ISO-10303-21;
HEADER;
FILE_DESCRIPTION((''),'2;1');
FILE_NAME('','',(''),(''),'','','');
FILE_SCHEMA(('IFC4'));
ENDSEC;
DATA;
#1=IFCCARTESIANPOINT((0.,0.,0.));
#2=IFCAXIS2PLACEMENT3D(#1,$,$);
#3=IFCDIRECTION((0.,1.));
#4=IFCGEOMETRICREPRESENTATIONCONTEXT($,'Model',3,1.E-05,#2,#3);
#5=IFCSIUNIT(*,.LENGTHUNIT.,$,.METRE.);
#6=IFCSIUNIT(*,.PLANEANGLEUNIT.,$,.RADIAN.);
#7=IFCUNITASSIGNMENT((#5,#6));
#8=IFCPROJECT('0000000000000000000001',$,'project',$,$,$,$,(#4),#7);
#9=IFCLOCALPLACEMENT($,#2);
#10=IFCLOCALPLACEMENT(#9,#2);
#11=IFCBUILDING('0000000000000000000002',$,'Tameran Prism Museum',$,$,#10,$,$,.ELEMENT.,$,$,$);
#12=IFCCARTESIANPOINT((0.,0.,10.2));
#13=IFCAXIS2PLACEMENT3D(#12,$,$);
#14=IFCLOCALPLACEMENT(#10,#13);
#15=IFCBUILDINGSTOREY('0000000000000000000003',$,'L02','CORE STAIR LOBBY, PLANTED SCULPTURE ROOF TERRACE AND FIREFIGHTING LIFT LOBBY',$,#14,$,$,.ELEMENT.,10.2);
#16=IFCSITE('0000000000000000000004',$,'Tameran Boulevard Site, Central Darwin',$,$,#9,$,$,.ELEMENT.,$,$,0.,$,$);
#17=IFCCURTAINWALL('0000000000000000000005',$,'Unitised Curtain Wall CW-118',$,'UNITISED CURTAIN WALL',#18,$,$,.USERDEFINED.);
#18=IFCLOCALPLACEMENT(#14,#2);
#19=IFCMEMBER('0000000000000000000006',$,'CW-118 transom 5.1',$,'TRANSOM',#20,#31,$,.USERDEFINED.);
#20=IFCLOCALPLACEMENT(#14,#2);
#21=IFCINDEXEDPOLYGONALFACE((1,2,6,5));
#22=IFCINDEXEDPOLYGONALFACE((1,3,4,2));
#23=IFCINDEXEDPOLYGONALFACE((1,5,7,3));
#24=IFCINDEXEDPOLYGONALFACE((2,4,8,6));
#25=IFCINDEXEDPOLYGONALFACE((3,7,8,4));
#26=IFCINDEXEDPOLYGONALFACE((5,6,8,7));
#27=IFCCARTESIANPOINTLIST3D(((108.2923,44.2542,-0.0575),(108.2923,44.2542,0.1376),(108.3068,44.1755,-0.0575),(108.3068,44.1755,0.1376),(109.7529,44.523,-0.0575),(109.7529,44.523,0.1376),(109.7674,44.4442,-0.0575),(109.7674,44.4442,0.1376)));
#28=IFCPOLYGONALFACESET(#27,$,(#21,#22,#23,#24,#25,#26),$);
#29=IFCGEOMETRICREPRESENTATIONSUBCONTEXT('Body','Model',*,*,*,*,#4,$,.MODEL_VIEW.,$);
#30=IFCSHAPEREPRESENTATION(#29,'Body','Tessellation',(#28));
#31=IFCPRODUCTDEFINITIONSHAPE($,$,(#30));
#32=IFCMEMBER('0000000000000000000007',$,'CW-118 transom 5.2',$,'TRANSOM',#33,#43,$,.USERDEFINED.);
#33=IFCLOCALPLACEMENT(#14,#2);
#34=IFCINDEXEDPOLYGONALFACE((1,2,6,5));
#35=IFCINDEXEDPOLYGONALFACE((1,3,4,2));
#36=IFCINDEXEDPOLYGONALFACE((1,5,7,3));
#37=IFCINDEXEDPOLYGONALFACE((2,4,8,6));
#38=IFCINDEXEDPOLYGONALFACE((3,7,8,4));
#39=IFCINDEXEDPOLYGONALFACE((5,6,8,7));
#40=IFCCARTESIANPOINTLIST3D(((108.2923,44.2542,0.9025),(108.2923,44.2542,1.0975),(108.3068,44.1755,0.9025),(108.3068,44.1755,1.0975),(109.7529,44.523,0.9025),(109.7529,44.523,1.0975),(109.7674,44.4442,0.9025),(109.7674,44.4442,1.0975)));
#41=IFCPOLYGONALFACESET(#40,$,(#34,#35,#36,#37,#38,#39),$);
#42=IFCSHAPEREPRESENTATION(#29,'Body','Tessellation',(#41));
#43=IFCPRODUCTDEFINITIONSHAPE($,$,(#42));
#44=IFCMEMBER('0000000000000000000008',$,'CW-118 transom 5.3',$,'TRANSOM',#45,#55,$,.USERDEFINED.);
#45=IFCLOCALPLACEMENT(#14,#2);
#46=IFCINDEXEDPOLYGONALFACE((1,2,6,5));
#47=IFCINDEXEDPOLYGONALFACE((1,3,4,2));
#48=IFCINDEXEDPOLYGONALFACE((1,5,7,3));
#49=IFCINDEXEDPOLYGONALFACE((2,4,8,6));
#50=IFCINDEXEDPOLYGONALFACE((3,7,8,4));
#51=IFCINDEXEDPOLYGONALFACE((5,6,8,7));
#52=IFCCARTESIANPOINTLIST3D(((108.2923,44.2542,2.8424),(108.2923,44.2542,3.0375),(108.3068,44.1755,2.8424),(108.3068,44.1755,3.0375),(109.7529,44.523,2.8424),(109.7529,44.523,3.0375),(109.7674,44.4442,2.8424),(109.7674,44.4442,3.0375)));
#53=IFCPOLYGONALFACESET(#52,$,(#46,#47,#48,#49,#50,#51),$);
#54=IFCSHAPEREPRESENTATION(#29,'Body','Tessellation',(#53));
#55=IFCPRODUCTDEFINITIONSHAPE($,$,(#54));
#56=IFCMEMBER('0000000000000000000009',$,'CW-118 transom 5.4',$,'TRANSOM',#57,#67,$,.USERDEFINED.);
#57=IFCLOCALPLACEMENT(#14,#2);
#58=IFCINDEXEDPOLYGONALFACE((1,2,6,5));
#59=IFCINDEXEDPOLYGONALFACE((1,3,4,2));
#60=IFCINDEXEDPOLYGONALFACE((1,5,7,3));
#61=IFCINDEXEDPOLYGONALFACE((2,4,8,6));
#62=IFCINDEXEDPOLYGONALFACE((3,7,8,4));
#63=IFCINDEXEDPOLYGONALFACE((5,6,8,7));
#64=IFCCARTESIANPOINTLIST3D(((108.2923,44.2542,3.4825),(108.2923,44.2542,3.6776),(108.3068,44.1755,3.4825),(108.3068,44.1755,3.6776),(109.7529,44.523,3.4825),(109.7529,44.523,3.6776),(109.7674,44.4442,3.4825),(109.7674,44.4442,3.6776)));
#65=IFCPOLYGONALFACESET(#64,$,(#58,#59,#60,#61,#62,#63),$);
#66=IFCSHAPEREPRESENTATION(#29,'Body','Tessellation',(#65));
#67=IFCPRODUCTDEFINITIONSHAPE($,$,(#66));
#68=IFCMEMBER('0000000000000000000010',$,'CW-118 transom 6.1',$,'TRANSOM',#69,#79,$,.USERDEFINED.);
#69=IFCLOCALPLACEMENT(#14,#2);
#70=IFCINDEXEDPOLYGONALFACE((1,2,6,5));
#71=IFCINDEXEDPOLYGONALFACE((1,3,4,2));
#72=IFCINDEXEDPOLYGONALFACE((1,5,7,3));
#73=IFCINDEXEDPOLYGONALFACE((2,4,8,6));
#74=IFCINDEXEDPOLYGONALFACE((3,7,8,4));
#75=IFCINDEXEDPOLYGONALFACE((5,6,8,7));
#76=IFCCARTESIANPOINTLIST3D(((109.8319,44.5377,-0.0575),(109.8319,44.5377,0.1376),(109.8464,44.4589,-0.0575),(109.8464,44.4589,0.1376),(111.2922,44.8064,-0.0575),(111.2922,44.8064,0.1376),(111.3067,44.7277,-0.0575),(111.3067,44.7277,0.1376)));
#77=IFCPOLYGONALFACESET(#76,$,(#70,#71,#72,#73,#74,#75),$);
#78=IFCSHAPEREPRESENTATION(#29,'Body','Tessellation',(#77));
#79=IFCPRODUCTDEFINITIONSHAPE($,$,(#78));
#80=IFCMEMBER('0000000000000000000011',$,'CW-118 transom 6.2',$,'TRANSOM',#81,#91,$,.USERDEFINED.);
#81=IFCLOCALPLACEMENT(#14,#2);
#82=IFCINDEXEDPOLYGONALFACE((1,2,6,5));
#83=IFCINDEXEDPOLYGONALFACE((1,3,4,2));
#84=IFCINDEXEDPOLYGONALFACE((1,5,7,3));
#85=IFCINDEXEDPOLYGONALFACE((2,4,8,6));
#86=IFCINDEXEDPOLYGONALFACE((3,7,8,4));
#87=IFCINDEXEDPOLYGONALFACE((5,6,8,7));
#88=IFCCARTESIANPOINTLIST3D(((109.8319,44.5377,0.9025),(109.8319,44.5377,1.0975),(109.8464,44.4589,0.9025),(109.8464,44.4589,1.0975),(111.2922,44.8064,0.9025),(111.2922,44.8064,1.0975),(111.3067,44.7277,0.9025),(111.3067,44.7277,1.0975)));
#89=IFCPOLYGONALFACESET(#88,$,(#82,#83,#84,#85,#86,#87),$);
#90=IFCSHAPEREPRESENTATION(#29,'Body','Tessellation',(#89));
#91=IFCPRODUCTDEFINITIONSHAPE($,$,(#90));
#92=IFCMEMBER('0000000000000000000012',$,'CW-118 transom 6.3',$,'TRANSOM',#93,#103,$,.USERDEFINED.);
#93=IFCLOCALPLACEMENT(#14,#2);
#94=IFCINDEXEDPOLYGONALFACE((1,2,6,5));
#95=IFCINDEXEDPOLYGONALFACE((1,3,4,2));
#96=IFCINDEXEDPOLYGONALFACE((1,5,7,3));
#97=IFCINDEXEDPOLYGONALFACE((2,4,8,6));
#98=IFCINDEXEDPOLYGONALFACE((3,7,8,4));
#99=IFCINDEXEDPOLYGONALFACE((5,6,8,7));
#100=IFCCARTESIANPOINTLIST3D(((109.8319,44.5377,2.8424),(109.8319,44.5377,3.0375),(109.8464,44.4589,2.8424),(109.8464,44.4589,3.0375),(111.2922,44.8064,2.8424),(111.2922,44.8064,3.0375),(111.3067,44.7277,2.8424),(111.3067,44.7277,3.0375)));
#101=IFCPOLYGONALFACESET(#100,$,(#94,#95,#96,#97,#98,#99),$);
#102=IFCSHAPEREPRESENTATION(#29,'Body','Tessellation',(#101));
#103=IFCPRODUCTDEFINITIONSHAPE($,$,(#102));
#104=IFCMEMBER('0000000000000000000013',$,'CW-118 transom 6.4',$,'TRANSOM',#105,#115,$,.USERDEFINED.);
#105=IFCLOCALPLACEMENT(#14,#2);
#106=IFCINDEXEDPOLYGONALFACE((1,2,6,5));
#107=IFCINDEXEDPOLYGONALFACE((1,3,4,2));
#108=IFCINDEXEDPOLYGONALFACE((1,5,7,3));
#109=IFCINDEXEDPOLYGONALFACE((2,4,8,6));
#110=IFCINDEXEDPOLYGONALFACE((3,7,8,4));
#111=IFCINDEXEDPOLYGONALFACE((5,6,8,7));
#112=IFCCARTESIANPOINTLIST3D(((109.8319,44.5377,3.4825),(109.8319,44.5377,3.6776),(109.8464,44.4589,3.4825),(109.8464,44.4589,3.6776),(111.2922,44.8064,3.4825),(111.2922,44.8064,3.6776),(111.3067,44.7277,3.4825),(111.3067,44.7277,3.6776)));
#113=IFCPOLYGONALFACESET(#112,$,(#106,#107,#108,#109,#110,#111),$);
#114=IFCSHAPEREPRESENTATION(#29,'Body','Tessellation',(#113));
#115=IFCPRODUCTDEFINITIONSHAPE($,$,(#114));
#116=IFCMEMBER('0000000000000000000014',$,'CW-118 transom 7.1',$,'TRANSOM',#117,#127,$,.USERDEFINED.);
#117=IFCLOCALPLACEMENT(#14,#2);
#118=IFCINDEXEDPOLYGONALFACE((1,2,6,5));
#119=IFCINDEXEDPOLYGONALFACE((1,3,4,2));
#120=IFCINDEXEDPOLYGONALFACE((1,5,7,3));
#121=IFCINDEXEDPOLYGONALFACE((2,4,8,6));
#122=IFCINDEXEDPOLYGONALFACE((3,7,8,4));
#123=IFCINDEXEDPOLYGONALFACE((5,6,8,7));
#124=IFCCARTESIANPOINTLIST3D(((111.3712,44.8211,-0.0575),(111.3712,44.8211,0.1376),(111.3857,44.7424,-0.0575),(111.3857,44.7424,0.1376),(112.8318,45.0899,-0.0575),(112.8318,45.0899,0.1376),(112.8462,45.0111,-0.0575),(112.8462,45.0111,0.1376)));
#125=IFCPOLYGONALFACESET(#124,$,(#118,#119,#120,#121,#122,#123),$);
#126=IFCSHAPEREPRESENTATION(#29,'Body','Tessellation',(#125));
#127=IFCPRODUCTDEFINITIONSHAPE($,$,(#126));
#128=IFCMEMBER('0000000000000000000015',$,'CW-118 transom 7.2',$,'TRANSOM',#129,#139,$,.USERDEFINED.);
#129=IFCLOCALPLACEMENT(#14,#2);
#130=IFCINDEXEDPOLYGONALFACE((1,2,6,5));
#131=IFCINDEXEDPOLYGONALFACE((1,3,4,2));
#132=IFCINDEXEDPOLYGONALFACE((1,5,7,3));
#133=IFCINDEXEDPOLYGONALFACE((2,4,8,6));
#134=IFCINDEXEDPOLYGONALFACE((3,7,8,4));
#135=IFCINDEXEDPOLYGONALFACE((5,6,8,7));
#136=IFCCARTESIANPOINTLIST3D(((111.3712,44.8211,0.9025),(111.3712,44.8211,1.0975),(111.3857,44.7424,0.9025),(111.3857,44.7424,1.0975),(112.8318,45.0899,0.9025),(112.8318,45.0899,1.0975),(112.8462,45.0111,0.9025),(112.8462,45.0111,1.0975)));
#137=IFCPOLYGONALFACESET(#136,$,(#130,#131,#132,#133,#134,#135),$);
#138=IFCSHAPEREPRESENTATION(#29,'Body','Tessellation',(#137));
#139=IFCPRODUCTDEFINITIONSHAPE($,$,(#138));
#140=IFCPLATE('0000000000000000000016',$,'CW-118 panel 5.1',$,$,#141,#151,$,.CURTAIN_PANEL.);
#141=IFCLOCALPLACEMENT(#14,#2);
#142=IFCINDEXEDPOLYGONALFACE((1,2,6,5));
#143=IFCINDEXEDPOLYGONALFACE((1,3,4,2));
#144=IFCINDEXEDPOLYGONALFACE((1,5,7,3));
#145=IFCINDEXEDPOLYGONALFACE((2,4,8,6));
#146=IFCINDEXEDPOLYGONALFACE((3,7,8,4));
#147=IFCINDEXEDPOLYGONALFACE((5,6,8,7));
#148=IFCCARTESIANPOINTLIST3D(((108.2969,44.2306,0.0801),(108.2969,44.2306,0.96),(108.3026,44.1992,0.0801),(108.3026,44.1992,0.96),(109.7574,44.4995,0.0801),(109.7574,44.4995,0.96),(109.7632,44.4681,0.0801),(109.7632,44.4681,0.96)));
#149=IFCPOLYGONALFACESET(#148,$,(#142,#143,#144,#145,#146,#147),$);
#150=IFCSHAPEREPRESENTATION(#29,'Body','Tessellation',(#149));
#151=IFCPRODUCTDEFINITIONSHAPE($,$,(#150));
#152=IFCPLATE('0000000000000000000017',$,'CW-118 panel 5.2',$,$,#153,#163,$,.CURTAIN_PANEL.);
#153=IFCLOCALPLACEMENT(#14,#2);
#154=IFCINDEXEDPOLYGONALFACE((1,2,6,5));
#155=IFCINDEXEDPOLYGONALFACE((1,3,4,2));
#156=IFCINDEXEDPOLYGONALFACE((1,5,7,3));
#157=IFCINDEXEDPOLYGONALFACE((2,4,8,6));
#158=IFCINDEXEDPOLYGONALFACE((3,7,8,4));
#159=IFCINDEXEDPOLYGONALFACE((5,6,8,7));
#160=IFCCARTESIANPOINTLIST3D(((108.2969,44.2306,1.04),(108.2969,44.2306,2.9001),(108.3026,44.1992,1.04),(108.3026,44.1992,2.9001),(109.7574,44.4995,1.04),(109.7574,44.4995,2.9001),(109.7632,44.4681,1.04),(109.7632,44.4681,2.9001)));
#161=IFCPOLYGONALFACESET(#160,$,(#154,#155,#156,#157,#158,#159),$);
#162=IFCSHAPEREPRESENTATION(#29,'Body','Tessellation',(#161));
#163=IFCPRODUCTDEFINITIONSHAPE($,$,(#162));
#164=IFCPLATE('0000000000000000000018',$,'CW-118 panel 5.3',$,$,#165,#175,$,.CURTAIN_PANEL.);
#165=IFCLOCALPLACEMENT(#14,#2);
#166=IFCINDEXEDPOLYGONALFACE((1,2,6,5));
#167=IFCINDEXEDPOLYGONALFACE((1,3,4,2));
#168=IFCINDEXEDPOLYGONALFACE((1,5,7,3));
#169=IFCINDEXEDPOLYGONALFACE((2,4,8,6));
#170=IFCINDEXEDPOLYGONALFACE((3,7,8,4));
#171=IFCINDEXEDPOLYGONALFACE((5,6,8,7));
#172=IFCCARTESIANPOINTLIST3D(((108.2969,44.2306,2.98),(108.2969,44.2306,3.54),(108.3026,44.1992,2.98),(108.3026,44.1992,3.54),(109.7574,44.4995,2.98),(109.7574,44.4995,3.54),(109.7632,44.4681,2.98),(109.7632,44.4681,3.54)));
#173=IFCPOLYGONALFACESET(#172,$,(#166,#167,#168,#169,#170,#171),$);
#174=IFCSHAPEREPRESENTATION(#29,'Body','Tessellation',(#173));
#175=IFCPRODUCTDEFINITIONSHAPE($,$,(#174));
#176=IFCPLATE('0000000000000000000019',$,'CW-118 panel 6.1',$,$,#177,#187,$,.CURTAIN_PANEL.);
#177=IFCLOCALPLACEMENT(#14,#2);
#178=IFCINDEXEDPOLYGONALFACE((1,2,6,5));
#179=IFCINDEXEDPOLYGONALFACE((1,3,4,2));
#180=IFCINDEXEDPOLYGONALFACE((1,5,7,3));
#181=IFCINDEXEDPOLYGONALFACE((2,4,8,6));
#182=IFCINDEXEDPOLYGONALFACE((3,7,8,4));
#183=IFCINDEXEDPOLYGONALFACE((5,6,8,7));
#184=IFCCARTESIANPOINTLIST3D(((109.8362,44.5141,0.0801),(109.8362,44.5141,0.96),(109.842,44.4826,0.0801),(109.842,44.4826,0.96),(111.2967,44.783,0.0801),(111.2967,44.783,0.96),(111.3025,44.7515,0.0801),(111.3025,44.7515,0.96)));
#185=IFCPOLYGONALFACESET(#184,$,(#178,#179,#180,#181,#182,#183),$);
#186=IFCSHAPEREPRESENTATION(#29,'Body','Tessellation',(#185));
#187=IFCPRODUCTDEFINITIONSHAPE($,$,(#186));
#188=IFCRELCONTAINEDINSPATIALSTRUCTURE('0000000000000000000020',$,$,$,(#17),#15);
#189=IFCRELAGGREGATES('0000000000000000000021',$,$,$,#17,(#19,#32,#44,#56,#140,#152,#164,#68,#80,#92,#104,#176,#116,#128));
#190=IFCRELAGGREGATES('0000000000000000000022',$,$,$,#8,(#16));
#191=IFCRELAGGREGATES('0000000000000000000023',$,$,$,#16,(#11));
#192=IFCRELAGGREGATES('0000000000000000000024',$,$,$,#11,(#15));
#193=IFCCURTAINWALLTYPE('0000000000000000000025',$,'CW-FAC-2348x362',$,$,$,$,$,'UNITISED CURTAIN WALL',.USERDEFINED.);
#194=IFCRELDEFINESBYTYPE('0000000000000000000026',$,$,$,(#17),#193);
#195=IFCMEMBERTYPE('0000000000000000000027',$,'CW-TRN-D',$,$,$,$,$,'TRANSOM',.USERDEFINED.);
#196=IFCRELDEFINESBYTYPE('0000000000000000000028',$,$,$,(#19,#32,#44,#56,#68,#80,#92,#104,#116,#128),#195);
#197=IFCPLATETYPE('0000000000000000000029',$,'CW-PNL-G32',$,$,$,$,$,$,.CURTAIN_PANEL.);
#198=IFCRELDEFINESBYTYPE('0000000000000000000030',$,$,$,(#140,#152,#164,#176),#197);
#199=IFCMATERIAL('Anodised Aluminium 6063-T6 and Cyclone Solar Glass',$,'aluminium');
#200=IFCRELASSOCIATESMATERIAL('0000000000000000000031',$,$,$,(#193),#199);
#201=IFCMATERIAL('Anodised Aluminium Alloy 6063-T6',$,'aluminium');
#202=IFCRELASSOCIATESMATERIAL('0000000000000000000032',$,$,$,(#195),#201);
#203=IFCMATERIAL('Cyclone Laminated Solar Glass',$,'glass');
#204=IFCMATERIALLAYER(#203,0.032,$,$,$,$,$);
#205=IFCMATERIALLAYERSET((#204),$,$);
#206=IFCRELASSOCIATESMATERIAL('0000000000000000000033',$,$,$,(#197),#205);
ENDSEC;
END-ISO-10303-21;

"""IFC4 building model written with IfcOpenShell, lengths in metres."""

from ifc_helpers import new_model, si_unit, direction, frame, origin, origin_2d, place, context, subcontext, project, spatial, rectangle, extrude, material, layer, layer_set, material_profile, profile_set, type_object, element, aggregate, save


model = new_model("IFC4")

# Units and contexts
model_context = context("Model", 3, precision=1e-05, world=origin(), true_north=direction((0.0, 1.0)))
body_context = subcontext(model_context, "Body", "Model", "MODEL_VIEW")
ifc_project = project(units=[si_unit("LENGTHUNIT", "METRE"), si_unit("PLANEANGLEUNIT", "RADIAN")], contexts=[model_context])

# Site, building, storey
site_placement = place(None, origin())
site = spatial("IfcSite", under=ifc_project, at=site_placement, Name="Tameran Boulevard Site, Central Darwin", CompositionType="ELEMENT", RefElevation=0.0)
building_placement = place(site_placement, origin())
building = spatial("IfcBuilding", under=site, at=building_placement, Name="Tameran Prism Museum", CompositionType="ELEMENT")
storey_placement = place(building_placement, frame((0.0, 0.0, 10.2)))
storey = spatial("IfcBuildingStorey", under=building, at=storey_placement, Name="L02", Description="CORE STAIR LOBBY, PLANTED SCULPTURE ROOF TERRACE AND FIREFIGHTING LIFT LOBBY", CompositionType="ELEMENT", Elevation=10.2)

# Curtain wall, members, plates
ifc_material_1 = material(Name="Anodised Aluminium 6063-T6 and Cyclone Solar Glass", Category="aluminium")
curtain_wall_type = type_object("IfcCurtainWallType", Name="CW-FAC-2348x362", ElementType="UNITISED CURTAIN WALL", PredefinedType="USERDEFINED", material=ifc_material_1)
curtain_wall_placement = place(storey_placement, origin())
curtain_wall = element("IfcCurtainWall", 1, at=curtain_wall_placement, inside=storey, type_object=curtain_wall_type, Name="Unitised Curtain Wall CW-118", ObjectType="UNITISED CURTAIN WALL", PredefinedType="USERDEFINED")
ifc_material_2 = material(Name="Anodised Aluminium Alloy 6063-T6", Category="aluminium")
ifc_material_profile_1 = material_profile(ifc_material_2, rectangle(XDim=0.0801, YDim=0.1951, at=origin_2d()))
ifc_profile_set_1 = profile_set([ifc_material_profile_1])
member_type_1 = type_object("IfcMemberType", Name="CW-TRN-D", ElementType="TRANSOM", PredefinedType="USERDEFINED", material=ifc_profile_set_1)
member_1_placement = place(storey_placement, frame((108.2996, 44.2148, 0.04), z_axis=(0.983486, 0.180983, 0.0), x_axis=(-0.180983, 0.983486, 0.0)))
member_1 = element("IfcMember", 2, at=member_1_placement, type_object=member_type_1, Name="CW-118 transom 5.1", ObjectType="TRANSOM", PredefinedType="USERDEFINED", context=body_context, shape_type="SweptSolid", body=[
    extrude(rectangle(XDim=0.0801, YDim=0.1951, at=origin_2d()), origin(), (0.0, 0.0, 1.0), 1.4851),
])
member_2_placement = place(storey_placement, frame((108.2996, 44.2148, 1.0), z_axis=(0.983486, 0.180983, 0.0), x_axis=(-0.180983, 0.983486, 0.0)))
member_2 = element("IfcMember", 3, at=member_2_placement, type_object=member_type_1, Name="CW-118 transom 5.2", ObjectType="TRANSOM", PredefinedType="USERDEFINED", context=body_context, shape_type="SweptSolid", body=[
    extrude(rectangle(XDim=0.0801, YDim=0.1951, at=origin_2d()), origin(), (0.0, 0.0, 1.0), 1.4851),
])
member_3_placement = place(storey_placement, frame((108.2996, 44.2148, 2.9399), z_axis=(0.983486, 0.180983, 0.0), x_axis=(-0.180983, 0.983486, 0.0)))
member_3 = element("IfcMember", 4, at=member_3_placement, type_object=member_type_1, Name="CW-118 transom 5.3", ObjectType="TRANSOM", PredefinedType="USERDEFINED", context=body_context, shape_type="SweptSolid", body=[
    extrude(rectangle(XDim=0.0801, YDim=0.1951, at=origin_2d()), origin(), (0.0, 0.0, 1.0), 1.4851),
])
member_4_placement = place(storey_placement, frame((108.2996, 44.2148, 3.5801), z_axis=(0.983486, 0.180983, 0.0), x_axis=(-0.180983, 0.983486, 0.0)))
member_4 = element("IfcMember", 5, at=member_4_placement, type_object=member_type_1, Name="CW-118 transom 5.4", ObjectType="TRANSOM", PredefinedType="USERDEFINED", context=body_context, shape_type="SweptSolid", body=[
    extrude(rectangle(XDim=0.0801, YDim=0.1951, at=origin_2d()), origin(), (0.0, 0.0, 1.0), 1.4851),
])
member_5_placement = place(storey_placement, frame((109.8391, 44.4983, 0.04), z_axis=(0.983481, 0.181012, 0.0), x_axis=(-0.181012, 0.983481, 0.0)))
member_5 = element("IfcMember", 6, at=member_5_placement, type_object=member_type_1, Name="CW-118 transom 6.1", ObjectType="TRANSOM", PredefinedType="USERDEFINED", context=body_context, shape_type="SweptSolid", body=[
    extrude(rectangle(XDim=0.0801, YDim=0.1951, at=origin_2d()), origin(), (0.0, 0.0, 1.0), 1.4849),
])
member_6_placement = place(storey_placement, frame((109.8391, 44.4983, 1.0), z_axis=(0.983481, 0.181012, 0.0), x_axis=(-0.181012, 0.983481, 0.0)))
member_6 = element("IfcMember", 7, at=member_6_placement, type_object=member_type_1, Name="CW-118 transom 6.2", ObjectType="TRANSOM", PredefinedType="USERDEFINED", context=body_context, shape_type="SweptSolid", body=[
    extrude(rectangle(XDim=0.0801, YDim=0.1951, at=origin_2d()), origin(), (0.0, 0.0, 1.0), 1.4849),
])
member_7_placement = place(storey_placement, frame((109.8391, 44.4983, 2.9399), z_axis=(0.983481, 0.181012, 0.0), x_axis=(-0.181012, 0.983481, 0.0)))
member_7 = element("IfcMember", 8, at=member_7_placement, type_object=member_type_1, Name="CW-118 transom 6.3", ObjectType="TRANSOM", PredefinedType="USERDEFINED", context=body_context, shape_type="SweptSolid", body=[
    extrude(rectangle(XDim=0.0801, YDim=0.1951, at=origin_2d()), origin(), (0.0, 0.0, 1.0), 1.4849),
])
member_8_placement = place(storey_placement, frame((109.8391, 44.4983, 3.5801), z_axis=(0.983481, 0.181012, 0.0), x_axis=(-0.181012, 0.983481, 0.0)))
member_8 = element("IfcMember", 9, at=member_8_placement, type_object=member_type_1, Name="CW-118 transom 6.4", ObjectType="TRANSOM", PredefinedType="USERDEFINED", context=body_context, shape_type="SweptSolid", body=[
    extrude(rectangle(XDim=0.0801, YDim=0.1951, at=origin_2d()), origin(), (0.0, 0.0, 1.0), 1.4849),
])
member_9_placement = place(storey_placement, frame((111.3784, 44.7817, 0.04), z_axis=(0.983486, 0.180983, 0.0), x_axis=(-0.180983, 0.983486, 0.0)))
member_9 = element("IfcMember", 10, at=member_9_placement, type_object=member_type_1, Name="CW-118 transom 7.1", ObjectType="TRANSOM", PredefinedType="USERDEFINED", context=body_context, shape_type="SweptSolid", body=[
    extrude(rectangle(XDim=0.0801, YDim=0.1951, at=origin_2d()), origin(), (0.0, 0.0, 1.0), 1.4851),
])
member_10_placement = place(storey_placement, frame((111.3784, 44.7817, 1.0), z_axis=(0.983486, 0.180983, 0.0), x_axis=(-0.180983, 0.983486, 0.0)))
member_10 = element("IfcMember", 11, at=member_10_placement, type_object=member_type_1, Name="CW-118 transom 7.2", ObjectType="TRANSOM", PredefinedType="USERDEFINED", context=body_context, shape_type="SweptSolid", body=[
    extrude(rectangle(XDim=0.0801, YDim=0.1951, at=origin_2d()), origin(), (0.0, 0.0, 1.0), 1.4851),
])
ifc_material_3 = material(Name="Cyclone Laminated Solar Glass", Category="glass")
ifc_layer_1 = layer(ifc_material_3, 0.032)
ifc_layer_set_1 = layer_set([ifc_layer_1])
plate_type = type_object("IfcPlateType", Name="CW-PNL-G32", PredefinedType="CURTAIN_PANEL", material=ifc_layer_set_1)
plate_1_placement = place(storey_placement, frame((109.03, 44.3494, 0.0801), z_axis=(0.0, 0.0, 1.0), x_axis=(0.983472, 0.181063, 0.0)))
plate_1 = element("IfcPlate", 12, at=plate_1_placement, type_object=plate_type, Name="CW-118 panel 5.1", PredefinedType="CURTAIN_PANEL", context=body_context, shape_type="SweptSolid", body=[
    extrude(rectangle(XDim=1.4851, YDim=0.032, at=origin_2d()), origin(), (0.0, 0.0, 1.0), 0.8799),
])
plate_2_placement = place(storey_placement, frame((109.03, 44.3494, 1.04), z_axis=(0.0, 0.0, 1.0), x_axis=(0.983472, 0.181063, 0.0)))
plate_2 = element("IfcPlate", 13, at=plate_2_placement, type_object=plate_type, Name="CW-118 panel 5.2", PredefinedType="CURTAIN_PANEL", context=body_context, shape_type="SweptSolid", body=[
    extrude(rectangle(XDim=1.4851, YDim=0.032, at=origin_2d()), origin(), (0.0, 0.0, 1.0), 1.8601),
])
plate_3_placement = place(storey_placement, frame((109.03, 44.3494, 2.98), z_axis=(0.0, 0.0, 1.0), x_axis=(0.983472, 0.181063, 0.0)))
plate_3 = element("IfcPlate", 14, at=plate_3_placement, type_object=plate_type, Name="CW-118 panel 5.3", PredefinedType="CURTAIN_PANEL", context=body_context, shape_type="SweptSolid", body=[
    extrude(rectangle(XDim=1.4851, YDim=0.032, at=origin_2d()), origin(), (0.0, 0.0, 1.0), 0.5601),
])
plate_4_placement = place(storey_placement, frame((110.5693, 44.6328, 0.0801), z_axis=(0.0, 0.0, 1.0), x_axis=(0.983472, 0.181063, 0.0)))
plate_4 = element("IfcPlate", 15, at=plate_4_placement, type_object=plate_type, Name="CW-118 panel 6.1", PredefinedType="CURTAIN_PANEL", context=body_context, shape_type="SweptSolid", body=[
    extrude(rectangle(XDim=1.4851, YDim=0.032, at=origin_2d()), origin(), (0.0, 0.0, 1.0), 0.8799),
])
aggregate(curtain_wall, [member_1, member_2, member_3, member_4, plate_1, plate_2, plate_3, member_5, member_6, member_7, member_8, plate_4, member_9, member_10])

save(model, "model.ifc")
